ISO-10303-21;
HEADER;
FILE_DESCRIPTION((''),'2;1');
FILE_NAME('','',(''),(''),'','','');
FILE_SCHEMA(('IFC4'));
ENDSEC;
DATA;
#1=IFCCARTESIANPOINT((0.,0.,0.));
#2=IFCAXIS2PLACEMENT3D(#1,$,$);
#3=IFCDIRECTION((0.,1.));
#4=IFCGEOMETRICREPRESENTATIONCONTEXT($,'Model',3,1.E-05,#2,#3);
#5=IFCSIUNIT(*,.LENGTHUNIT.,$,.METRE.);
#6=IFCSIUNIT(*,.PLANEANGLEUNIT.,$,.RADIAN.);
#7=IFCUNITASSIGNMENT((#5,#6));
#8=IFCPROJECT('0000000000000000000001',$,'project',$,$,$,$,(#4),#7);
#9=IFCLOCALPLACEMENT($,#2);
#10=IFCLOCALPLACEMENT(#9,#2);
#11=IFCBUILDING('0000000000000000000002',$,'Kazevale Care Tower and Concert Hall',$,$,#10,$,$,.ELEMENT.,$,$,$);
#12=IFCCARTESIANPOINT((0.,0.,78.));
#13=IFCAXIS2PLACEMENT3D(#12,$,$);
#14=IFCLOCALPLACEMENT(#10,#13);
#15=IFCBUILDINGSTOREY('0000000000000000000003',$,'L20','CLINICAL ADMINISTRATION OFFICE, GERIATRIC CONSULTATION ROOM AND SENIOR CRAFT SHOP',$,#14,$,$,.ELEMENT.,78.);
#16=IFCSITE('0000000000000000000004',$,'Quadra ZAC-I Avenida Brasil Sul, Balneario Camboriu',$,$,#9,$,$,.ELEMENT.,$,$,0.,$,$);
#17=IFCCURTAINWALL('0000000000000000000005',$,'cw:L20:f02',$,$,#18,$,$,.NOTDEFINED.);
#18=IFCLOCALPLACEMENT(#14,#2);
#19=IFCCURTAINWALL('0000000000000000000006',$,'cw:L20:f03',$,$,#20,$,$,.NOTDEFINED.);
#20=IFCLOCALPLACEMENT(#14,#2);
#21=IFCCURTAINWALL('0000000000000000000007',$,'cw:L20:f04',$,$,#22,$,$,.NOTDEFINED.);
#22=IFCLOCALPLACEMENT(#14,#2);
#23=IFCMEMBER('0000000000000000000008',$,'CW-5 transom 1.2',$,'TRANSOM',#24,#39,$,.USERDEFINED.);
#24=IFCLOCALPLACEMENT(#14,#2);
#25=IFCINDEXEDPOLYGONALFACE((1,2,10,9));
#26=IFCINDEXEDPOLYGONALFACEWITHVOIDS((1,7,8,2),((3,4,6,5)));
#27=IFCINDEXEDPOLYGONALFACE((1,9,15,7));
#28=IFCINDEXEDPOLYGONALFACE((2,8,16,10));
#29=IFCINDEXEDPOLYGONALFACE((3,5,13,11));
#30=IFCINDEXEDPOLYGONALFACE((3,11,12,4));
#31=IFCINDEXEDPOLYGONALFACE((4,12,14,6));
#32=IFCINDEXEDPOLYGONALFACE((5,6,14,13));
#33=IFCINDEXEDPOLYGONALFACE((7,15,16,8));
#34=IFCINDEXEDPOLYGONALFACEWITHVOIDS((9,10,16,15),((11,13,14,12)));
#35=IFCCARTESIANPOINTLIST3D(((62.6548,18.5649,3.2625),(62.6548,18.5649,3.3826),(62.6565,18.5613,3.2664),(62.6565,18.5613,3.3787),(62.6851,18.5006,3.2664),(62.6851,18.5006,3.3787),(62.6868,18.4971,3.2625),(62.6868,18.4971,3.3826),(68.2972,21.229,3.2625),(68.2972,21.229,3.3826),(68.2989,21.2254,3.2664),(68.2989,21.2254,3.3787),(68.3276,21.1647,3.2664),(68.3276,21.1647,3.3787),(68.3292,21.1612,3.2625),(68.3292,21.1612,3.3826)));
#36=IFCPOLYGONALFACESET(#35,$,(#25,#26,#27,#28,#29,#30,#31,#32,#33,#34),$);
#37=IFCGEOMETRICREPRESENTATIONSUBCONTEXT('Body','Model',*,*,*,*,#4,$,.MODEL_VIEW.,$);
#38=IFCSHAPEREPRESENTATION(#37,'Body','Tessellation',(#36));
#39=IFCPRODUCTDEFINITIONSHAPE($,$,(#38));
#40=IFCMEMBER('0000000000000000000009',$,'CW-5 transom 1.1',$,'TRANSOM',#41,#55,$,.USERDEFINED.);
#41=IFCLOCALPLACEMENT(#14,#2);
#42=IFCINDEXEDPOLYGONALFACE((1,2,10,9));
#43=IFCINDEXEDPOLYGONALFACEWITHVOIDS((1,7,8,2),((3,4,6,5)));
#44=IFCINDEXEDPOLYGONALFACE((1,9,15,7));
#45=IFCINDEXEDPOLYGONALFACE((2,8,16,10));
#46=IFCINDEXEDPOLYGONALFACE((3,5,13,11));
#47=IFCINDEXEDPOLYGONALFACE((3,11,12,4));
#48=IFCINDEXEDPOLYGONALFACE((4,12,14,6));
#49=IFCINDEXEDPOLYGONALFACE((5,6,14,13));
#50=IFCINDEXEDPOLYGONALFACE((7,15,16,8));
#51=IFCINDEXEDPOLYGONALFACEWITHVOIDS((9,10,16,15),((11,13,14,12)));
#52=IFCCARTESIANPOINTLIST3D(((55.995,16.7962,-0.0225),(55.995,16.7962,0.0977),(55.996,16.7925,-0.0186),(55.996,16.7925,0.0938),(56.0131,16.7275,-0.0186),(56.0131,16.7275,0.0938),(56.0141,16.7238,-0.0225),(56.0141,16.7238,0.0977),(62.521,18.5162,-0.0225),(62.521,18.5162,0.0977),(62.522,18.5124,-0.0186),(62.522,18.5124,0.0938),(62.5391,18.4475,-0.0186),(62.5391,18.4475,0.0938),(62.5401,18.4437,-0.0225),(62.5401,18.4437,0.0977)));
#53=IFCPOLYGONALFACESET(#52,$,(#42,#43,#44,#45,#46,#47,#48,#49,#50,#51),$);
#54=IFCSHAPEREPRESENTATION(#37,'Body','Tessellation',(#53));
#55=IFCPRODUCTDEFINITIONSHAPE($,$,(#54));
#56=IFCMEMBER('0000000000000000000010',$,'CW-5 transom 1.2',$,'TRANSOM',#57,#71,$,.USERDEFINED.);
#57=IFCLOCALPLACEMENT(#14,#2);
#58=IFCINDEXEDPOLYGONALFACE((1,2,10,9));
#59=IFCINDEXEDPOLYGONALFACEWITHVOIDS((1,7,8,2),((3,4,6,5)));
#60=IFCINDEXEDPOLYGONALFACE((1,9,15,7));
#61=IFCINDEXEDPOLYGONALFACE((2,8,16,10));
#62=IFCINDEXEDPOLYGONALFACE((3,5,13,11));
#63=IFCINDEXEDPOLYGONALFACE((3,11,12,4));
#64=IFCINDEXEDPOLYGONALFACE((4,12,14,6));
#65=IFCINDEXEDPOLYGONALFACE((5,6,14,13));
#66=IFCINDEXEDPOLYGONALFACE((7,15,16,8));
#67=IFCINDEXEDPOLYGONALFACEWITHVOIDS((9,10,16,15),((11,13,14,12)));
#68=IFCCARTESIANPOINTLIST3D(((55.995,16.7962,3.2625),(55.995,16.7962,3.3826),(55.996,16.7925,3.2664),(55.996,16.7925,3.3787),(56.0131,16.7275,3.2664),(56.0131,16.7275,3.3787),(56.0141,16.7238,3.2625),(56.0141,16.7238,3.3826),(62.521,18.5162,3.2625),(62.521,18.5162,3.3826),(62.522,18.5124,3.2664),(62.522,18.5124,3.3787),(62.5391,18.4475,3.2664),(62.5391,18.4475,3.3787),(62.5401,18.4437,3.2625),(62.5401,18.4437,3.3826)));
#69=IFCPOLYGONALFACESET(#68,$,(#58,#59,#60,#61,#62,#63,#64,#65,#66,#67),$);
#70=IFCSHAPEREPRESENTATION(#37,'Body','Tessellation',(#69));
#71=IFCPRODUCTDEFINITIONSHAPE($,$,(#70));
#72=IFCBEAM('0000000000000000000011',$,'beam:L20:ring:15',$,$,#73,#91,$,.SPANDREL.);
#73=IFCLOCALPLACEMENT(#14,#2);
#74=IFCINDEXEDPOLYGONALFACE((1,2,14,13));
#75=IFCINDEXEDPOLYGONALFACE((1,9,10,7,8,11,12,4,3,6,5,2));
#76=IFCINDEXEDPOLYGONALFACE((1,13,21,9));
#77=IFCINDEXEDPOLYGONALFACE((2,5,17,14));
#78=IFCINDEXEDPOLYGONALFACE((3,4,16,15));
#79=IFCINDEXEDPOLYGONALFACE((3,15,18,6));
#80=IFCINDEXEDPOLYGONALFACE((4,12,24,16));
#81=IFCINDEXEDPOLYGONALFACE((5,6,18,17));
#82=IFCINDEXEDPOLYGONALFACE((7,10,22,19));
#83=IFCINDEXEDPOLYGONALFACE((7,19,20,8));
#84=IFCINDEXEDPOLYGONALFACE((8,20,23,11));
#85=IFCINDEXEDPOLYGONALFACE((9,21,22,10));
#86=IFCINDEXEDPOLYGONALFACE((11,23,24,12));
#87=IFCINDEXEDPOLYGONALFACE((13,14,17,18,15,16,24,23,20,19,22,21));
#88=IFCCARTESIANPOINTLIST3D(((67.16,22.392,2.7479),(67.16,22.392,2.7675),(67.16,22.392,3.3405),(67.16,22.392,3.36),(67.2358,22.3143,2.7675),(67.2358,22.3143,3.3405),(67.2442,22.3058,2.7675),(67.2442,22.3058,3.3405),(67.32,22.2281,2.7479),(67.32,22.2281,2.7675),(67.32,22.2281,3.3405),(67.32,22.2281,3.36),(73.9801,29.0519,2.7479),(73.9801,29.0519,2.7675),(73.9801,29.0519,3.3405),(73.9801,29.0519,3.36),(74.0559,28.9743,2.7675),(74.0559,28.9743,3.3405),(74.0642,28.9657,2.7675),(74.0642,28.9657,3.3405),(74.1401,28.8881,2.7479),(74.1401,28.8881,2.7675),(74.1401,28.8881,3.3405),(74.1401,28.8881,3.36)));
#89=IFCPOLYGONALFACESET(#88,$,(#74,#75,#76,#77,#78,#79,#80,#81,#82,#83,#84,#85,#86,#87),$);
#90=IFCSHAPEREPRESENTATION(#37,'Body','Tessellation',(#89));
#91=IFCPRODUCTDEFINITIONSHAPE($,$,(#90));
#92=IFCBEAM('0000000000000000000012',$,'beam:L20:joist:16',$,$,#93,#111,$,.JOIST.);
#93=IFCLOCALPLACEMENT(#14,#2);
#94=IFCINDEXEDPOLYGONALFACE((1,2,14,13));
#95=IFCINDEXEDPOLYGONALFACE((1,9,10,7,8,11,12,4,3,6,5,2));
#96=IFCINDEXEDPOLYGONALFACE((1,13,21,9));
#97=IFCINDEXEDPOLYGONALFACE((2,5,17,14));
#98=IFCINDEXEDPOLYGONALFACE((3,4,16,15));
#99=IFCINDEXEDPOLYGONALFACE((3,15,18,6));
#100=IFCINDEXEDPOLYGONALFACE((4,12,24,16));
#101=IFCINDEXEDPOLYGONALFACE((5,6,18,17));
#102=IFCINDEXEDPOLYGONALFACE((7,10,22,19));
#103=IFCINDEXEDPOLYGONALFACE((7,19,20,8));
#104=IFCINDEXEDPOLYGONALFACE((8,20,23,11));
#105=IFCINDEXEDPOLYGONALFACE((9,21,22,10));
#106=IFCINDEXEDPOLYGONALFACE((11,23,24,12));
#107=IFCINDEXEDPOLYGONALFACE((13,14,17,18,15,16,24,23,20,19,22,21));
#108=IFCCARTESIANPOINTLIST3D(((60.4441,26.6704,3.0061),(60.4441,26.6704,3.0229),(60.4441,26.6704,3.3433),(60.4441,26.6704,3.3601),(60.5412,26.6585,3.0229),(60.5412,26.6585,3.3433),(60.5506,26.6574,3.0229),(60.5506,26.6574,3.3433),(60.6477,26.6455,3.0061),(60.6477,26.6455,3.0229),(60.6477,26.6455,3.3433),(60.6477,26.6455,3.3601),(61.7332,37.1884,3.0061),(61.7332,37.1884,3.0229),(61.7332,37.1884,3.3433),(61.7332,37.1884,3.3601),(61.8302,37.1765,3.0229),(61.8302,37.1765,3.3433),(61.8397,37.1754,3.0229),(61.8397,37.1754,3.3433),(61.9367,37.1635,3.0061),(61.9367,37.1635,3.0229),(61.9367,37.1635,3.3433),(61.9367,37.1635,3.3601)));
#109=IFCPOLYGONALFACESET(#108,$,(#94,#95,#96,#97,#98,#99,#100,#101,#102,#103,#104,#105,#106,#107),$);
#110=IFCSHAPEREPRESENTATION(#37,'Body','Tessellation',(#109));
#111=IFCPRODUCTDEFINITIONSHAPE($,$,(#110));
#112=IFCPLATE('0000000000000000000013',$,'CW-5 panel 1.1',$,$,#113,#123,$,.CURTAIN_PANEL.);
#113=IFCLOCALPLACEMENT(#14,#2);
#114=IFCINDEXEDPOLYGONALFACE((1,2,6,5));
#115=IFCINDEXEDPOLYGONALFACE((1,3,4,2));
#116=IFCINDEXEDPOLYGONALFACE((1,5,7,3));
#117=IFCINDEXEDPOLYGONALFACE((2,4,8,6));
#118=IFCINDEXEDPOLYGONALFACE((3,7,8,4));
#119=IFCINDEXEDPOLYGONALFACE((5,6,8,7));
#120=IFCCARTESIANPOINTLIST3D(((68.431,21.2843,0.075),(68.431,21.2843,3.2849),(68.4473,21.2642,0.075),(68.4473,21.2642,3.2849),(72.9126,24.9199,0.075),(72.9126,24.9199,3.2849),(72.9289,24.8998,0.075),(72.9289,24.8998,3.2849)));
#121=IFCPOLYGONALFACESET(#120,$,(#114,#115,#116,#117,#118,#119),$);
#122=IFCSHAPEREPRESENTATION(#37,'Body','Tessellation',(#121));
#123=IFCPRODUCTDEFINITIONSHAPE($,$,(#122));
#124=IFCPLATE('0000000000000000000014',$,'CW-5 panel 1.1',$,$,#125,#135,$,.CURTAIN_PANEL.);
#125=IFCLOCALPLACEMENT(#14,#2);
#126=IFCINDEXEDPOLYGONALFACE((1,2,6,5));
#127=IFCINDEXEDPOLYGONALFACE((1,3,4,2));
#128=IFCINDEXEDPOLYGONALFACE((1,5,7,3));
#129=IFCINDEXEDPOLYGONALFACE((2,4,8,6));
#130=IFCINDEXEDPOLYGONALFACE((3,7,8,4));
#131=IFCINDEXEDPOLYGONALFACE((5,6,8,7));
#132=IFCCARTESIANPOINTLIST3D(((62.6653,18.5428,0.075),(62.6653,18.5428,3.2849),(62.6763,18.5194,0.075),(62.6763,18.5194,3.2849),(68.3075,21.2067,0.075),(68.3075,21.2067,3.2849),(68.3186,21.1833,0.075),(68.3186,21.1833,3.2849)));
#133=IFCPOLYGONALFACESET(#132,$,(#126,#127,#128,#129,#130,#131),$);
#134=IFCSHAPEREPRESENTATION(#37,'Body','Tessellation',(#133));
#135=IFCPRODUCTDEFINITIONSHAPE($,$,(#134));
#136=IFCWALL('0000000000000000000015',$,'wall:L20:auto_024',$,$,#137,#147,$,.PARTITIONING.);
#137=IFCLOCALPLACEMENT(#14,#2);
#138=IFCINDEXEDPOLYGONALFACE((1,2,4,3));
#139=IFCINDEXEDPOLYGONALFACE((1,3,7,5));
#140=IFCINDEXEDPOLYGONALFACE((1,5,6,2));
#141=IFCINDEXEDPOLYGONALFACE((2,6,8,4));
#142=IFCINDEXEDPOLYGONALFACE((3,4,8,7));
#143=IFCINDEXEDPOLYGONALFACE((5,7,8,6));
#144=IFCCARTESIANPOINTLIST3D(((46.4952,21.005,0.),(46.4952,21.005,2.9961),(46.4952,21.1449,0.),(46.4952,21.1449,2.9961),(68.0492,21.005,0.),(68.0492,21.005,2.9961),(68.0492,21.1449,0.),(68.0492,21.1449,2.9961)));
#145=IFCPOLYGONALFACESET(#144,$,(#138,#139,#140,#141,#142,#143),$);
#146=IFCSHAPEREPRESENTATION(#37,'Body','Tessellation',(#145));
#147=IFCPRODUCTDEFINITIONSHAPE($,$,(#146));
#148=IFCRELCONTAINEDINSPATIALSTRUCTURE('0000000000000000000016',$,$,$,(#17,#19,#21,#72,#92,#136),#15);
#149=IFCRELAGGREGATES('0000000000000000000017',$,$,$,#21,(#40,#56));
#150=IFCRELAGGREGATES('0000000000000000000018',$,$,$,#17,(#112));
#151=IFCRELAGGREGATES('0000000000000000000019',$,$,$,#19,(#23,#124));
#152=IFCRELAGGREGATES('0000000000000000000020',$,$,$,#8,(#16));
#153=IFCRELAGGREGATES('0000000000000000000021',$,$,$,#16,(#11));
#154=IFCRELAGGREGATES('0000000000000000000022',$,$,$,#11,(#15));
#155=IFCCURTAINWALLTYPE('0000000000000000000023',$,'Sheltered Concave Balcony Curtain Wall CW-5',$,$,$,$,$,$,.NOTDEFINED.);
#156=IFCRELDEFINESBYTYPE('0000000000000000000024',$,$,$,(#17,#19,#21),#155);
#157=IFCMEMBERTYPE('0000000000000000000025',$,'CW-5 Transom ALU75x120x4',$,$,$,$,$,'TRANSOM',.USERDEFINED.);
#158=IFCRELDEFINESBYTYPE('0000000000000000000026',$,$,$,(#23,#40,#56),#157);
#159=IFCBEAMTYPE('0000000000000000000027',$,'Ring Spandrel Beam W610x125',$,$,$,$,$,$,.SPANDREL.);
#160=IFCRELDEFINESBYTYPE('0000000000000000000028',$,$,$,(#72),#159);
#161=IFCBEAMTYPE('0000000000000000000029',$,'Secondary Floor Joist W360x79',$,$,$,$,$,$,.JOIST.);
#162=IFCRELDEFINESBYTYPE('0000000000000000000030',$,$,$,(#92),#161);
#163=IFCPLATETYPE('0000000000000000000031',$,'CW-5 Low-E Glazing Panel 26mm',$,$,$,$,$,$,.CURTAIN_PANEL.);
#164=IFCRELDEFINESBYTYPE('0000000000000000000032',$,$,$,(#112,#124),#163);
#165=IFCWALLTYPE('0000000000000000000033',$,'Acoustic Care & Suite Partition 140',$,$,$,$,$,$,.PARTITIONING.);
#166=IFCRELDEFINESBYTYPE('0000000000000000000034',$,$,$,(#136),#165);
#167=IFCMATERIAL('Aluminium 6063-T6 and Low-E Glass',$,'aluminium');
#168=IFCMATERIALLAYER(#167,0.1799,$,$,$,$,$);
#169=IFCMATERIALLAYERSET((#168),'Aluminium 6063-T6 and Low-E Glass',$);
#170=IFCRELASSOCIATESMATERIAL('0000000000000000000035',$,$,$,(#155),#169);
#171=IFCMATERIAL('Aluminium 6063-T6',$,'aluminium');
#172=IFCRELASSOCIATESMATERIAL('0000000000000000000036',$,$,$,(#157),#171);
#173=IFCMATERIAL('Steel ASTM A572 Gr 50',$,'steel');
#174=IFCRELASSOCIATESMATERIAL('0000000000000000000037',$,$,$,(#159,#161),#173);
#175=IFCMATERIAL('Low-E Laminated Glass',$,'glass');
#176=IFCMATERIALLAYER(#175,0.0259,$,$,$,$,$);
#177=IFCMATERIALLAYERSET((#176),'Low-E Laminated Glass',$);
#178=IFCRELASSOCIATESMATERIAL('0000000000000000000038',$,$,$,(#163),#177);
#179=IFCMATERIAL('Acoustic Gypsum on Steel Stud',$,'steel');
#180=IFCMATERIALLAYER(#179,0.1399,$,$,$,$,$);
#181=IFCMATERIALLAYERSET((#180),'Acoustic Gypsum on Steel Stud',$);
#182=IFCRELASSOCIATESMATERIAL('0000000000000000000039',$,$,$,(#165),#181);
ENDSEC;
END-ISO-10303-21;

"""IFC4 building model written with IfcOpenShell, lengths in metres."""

from ifc_helpers import new_model, si_unit, direction, frame, frame_2d, origin, origin_2d, place, context, subcontext, project, spatial, rectangle, hollow_rectangle, i_section, extrude, material, layer, layer_set, material_profile, profile_set, type_object, element, aggregate, save


model = new_model("IFC4")

# Units and contexts
model_context = context("Model", 3, precision=1e-05, world=origin(), true_north=direction((0.0, 1.0)))
body_context = subcontext(model_context, "Body", "Model", "MODEL_VIEW")
ifc_project = project(units=[si_unit("LENGTHUNIT", "METRE"), si_unit("PLANEANGLEUNIT", "RADIAN")], contexts=[model_context])

# Site, building, storey
site_placement = place(None, origin())
site = spatial("IfcSite", under=ifc_project, at=site_placement, Name="Quadra ZAC-I Avenida Brasil Sul, Balneario Camboriu", CompositionType="ELEMENT", RefElevation=0.0)
building_placement = place(site_placement, origin())
building = spatial("IfcBuilding", under=site, at=building_placement, Name="Kazevale Care Tower and Concert Hall", CompositionType="ELEMENT")
storey_placement = place(building_placement, frame((0.0, 0.0, 78.0)))
storey = spatial("IfcBuildingStorey", under=building, at=storey_placement, Name="L20", Description="CLINICAL ADMINISTRATION OFFICE, GERIATRIC CONSULTATION ROOM AND SENIOR CRAFT SHOP", CompositionType="ELEMENT", Elevation=78.0)

# Curtain walls
ifc_material_1 = material(Name="Aluminium 6063-T6 and Low-E Glass", Category="aluminium")
ifc_layer_1 = layer(ifc_material_1, 0.1799)
ifc_layer_set_1 = layer_set([ifc_layer_1], Name="Aluminium 6063-T6 and Low-E Glass")
curtain_wall_type = type_object("IfcCurtainWallType", Name="Sheltered Concave Balcony Curtain Wall CW-5", PredefinedType="NOTDEFINED", material=ifc_layer_set_1)
curtain_wall_1_placement = place(storey_placement, origin())
curtain_wall_1 = element("IfcCurtainWall", 1, at=curtain_wall_1_placement, inside=storey, type_object=curtain_wall_type, Name="cw:L20:f02", PredefinedType="NOTDEFINED")
ifc_material_2 = material(Name="Aluminium 6063-T6", Category="aluminium")
curtain_wall_2_placement = place(storey_placement, origin())
curtain_wall_2 = element("IfcCurtainWall", 2, at=curtain_wall_2_placement, inside=storey, type_object=curtain_wall_type, Name="cw:L20:f03", PredefinedType="NOTDEFINED")

# Curtain wall
curtain_wall_3_placement = place(storey_placement, origin())
curtain_wall_3 = element("IfcCurtainWall", 3, at=curtain_wall_3_placement, inside=storey, type_object=curtain_wall_type, Name="cw:L20:f04", PredefinedType="NOTDEFINED")

# Members
ifc_material_profile_1 = material_profile(ifc_material_2, hollow_rectangle(XDim=0.075, YDim=0.1201, WallThickness=0.0039, at=origin_2d()), Name="ALU75x120x4")
ifc_profile_set_1 = profile_set([ifc_material_profile_1], Name="Aluminium 6063-T6")
member_type_1 = type_object("IfcMemberType", Name="CW-5 Transom ALU75x120x4", ElementType="TRANSOM", PredefinedType="USERDEFINED", material=ifc_profile_set_1)
member_1_placement = place(storey_placement, frame((68.3132, 21.1951, 3.3225), z_axis=(-0.904272, -0.426957, 0.0), x_axis=(0.426957, -0.904272, 0.0)))
member_1 = element("IfcMember", 4, at=member_1_placement, type_object=member_type_1, Name="CW-5 transom 1.2", ObjectType="TRANSOM", PredefinedType="USERDEFINED", context=body_context, shape_type="SweptSolid", body=[
    extrude(hollow_rectangle(XDim=0.075, YDim=0.1201, WallThickness=0.0039, at=origin_2d()), origin(), (0.0, 0.0, 1.0), 6.2397),
])
member_2_placement = place(storey_placement, frame((62.5305, 18.48, 0.0376), z_axis=(-0.966978, -0.254858, 0.0), x_axis=(0.254858, -0.966978, 0.0)))
member_2 = element("IfcMember", 5, at=member_2_placement, type_object=member_type_1, Name="CW-5 transom 1.1", ObjectType="TRANSOM", PredefinedType="USERDEFINED", context=body_context, shape_type="SweptSolid", body=[
    extrude(hollow_rectangle(XDim=0.075, YDim=0.1201, WallThickness=0.0039, at=origin_2d()), origin(), (0.0, 0.0, 1.0), 6.7488),
])
member_3_placement = place(storey_placement, frame((62.5305, 18.48, 3.3225), z_axis=(-0.966978, -0.254858, 0.0), x_axis=(0.254858, -0.966978, 0.0)))
member_3 = element("IfcMember", 6, at=member_3_placement, type_object=member_type_1, Name="CW-5 transom 1.2", ObjectType="TRANSOM", PredefinedType="USERDEFINED", context=body_context, shape_type="SweptSolid", body=[
    extrude(hollow_rectangle(XDim=0.075, YDim=0.1201, WallThickness=0.0039, at=origin_2d()), origin(), (0.0, 0.0, 1.0), 6.7488),
])
aggregate(curtain_wall_3, [member_2, member_3])

# Beams
ifc_material_3 = material(Name="Steel ASTM A572 Gr 50", Category="steel")
ifc_material_profile_2 = material_profile(ifc_material_3, i_section(OverallWidth=0.229, OverallDepth=0.6121, WebThickness=0.012, FlangeThickness=0.0195, at=origin_2d()), Name="W610x125")
ifc_profile_set_2 = profile_set([ifc_material_profile_2], Name="Steel ASTM A572 Gr 50")
beam_type_1 = type_object("IfcBeamType", Name="Ring Spandrel Beam W610x125", PredefinedType="SPANDREL", material=ifc_profile_set_2)
beam_1_placement = place(storey_placement, frame((67.24, 22.3101, 3.054), z_axis=(0.715457, 0.698656, 0.0), x_axis=(-0.698656, 0.715457, 0.0)))
element("IfcBeam", 7, at=beam_1_placement, inside=storey, type_object=beam_type_1, Name="beam:L20:ring:15", PredefinedType="SPANDREL", context=body_context, shape_type="SweptSolid", body=[
    extrude(i_section(OverallWidth=0.229, OverallDepth=0.6121, WebThickness=0.012, FlangeThickness=0.0195, at=origin_2d()), origin(), (0.0, 0.0, 1.0), 9.5325),
])
ifc_material_profile_3 = material_profile(ifc_material_3, i_section(OverallWidth=0.2051, OverallDepth=0.354, WebThickness=0.0095, FlangeThickness=0.0168, at=origin_2d()), Name="W360x79")
ifc_profile_set_3 = profile_set([ifc_material_profile_3], Name="Steel ASTM A572 Gr 50")
beam_type_2 = type_object("IfcBeamType", Name="Secondary Floor Joist W360x79", PredefinedType="JOIST", material=ifc_profile_set_3)
beam_2_placement = place(storey_placement, frame((60.5459, 26.658, 3.1831), z_axis=(0.121647, 0.992573, 0.0), x_axis=(-0.992573, 0.121647, 0.0)))
element("IfcBeam", 8, at=beam_2_placement, inside=storey, type_object=beam_type_2, Name="beam:L20:joist:16", PredefinedType="JOIST", context=body_context, shape_type="SweptSolid", body=[
    extrude(i_section(OverallWidth=0.2051, OverallDepth=0.354, WebThickness=0.0095, FlangeThickness=0.0168, at=origin_2d()), origin(), (0.0, 0.0, 1.0), 10.5967),
])

# Plates
ifc_material_4 = material(Name="Low-E Laminated Glass", Category="glass")
ifc_layer_2 = layer(ifc_material_4, 0.0259)
ifc_layer_set_2 = layer_set([ifc_layer_2], Name="Low-E Laminated Glass")
plate_type = type_object("IfcPlateType", Name="CW-5 Low-E Glazing Panel 26mm", PredefinedType="CURTAIN_PANEL", material=ifc_layer_set_2)
plate_1_placement = place(storey_placement, frame((70.6799, 23.092, 0.075), z_axis=(0.0, 0.0, 1.0), x_axis=(-0.776599, -0.629995, 0.0)))
plate_1 = element("IfcPlate", 9, at=plate_1_placement, type_object=plate_type, Name="CW-5 panel 1.1", PredefinedType="CURTAIN_PANEL", context=body_context, shape_type="SweptSolid", body=[
    extrude(rectangle(XDim=5.7708, YDim=0.0259, at=origin_2d()), origin(), (0.0, 0.0, 1.0), 3.21),
])
aggregate(curtain_wall_1, [plate_1])
plate_2_placement = place(storey_placement, frame((65.4919, 19.863, 0.075), z_axis=(0.0, 0.0, 1.0), x_axis=(-0.904279, -0.426942, 0.0)))
plate_2 = element("IfcPlate", 10, at=plate_2_placement, type_object=plate_type, Name="CW-5 panel 1.1", PredefinedType="CURTAIN_PANEL", context=body_context, shape_type="SweptSolid", body=[
    extrude(rectangle(XDim=6.2395, YDim=0.0259, at=origin_2d()), origin(), (0.0, 0.0, 1.0), 3.21),
])
aggregate(curtain_wall_2, [member_1, plate_2])

# Wall
ifc_material_5 = material(Name="Acoustic Gypsum on Steel Stud", Category="steel")
ifc_layer_3 = layer(ifc_material_5, 0.1399)
ifc_layer_set_3 = layer_set([ifc_layer_3], Name="Acoustic Gypsum on Steel Stud")
wall_type = type_object("IfcWallType", Name="Acoustic Care & Suite Partition 140", PredefinedType="PARTITIONING", material=ifc_layer_set_3)
wall_placement = place(storey_placement, frame((68.0491, 21.075, 0.0), z_axis=(0.0, 0.0, 1.0), x_axis=(-1.0, 0.0, 0.0)))
element("IfcWall", 11, at=wall_placement, inside=storey, type_object=wall_type, Name="wall:L20:auto_024", PredefinedType="PARTITIONING", context=body_context, shape_type="SweptSolid", body=[
    extrude(rectangle(XDim=21.554, YDim=0.1399, at=frame_2d((10.7769, 0.0))), origin(), (0.0, 0.0, 1.0), 2.9961),
])

save(model, "model.ifc")
